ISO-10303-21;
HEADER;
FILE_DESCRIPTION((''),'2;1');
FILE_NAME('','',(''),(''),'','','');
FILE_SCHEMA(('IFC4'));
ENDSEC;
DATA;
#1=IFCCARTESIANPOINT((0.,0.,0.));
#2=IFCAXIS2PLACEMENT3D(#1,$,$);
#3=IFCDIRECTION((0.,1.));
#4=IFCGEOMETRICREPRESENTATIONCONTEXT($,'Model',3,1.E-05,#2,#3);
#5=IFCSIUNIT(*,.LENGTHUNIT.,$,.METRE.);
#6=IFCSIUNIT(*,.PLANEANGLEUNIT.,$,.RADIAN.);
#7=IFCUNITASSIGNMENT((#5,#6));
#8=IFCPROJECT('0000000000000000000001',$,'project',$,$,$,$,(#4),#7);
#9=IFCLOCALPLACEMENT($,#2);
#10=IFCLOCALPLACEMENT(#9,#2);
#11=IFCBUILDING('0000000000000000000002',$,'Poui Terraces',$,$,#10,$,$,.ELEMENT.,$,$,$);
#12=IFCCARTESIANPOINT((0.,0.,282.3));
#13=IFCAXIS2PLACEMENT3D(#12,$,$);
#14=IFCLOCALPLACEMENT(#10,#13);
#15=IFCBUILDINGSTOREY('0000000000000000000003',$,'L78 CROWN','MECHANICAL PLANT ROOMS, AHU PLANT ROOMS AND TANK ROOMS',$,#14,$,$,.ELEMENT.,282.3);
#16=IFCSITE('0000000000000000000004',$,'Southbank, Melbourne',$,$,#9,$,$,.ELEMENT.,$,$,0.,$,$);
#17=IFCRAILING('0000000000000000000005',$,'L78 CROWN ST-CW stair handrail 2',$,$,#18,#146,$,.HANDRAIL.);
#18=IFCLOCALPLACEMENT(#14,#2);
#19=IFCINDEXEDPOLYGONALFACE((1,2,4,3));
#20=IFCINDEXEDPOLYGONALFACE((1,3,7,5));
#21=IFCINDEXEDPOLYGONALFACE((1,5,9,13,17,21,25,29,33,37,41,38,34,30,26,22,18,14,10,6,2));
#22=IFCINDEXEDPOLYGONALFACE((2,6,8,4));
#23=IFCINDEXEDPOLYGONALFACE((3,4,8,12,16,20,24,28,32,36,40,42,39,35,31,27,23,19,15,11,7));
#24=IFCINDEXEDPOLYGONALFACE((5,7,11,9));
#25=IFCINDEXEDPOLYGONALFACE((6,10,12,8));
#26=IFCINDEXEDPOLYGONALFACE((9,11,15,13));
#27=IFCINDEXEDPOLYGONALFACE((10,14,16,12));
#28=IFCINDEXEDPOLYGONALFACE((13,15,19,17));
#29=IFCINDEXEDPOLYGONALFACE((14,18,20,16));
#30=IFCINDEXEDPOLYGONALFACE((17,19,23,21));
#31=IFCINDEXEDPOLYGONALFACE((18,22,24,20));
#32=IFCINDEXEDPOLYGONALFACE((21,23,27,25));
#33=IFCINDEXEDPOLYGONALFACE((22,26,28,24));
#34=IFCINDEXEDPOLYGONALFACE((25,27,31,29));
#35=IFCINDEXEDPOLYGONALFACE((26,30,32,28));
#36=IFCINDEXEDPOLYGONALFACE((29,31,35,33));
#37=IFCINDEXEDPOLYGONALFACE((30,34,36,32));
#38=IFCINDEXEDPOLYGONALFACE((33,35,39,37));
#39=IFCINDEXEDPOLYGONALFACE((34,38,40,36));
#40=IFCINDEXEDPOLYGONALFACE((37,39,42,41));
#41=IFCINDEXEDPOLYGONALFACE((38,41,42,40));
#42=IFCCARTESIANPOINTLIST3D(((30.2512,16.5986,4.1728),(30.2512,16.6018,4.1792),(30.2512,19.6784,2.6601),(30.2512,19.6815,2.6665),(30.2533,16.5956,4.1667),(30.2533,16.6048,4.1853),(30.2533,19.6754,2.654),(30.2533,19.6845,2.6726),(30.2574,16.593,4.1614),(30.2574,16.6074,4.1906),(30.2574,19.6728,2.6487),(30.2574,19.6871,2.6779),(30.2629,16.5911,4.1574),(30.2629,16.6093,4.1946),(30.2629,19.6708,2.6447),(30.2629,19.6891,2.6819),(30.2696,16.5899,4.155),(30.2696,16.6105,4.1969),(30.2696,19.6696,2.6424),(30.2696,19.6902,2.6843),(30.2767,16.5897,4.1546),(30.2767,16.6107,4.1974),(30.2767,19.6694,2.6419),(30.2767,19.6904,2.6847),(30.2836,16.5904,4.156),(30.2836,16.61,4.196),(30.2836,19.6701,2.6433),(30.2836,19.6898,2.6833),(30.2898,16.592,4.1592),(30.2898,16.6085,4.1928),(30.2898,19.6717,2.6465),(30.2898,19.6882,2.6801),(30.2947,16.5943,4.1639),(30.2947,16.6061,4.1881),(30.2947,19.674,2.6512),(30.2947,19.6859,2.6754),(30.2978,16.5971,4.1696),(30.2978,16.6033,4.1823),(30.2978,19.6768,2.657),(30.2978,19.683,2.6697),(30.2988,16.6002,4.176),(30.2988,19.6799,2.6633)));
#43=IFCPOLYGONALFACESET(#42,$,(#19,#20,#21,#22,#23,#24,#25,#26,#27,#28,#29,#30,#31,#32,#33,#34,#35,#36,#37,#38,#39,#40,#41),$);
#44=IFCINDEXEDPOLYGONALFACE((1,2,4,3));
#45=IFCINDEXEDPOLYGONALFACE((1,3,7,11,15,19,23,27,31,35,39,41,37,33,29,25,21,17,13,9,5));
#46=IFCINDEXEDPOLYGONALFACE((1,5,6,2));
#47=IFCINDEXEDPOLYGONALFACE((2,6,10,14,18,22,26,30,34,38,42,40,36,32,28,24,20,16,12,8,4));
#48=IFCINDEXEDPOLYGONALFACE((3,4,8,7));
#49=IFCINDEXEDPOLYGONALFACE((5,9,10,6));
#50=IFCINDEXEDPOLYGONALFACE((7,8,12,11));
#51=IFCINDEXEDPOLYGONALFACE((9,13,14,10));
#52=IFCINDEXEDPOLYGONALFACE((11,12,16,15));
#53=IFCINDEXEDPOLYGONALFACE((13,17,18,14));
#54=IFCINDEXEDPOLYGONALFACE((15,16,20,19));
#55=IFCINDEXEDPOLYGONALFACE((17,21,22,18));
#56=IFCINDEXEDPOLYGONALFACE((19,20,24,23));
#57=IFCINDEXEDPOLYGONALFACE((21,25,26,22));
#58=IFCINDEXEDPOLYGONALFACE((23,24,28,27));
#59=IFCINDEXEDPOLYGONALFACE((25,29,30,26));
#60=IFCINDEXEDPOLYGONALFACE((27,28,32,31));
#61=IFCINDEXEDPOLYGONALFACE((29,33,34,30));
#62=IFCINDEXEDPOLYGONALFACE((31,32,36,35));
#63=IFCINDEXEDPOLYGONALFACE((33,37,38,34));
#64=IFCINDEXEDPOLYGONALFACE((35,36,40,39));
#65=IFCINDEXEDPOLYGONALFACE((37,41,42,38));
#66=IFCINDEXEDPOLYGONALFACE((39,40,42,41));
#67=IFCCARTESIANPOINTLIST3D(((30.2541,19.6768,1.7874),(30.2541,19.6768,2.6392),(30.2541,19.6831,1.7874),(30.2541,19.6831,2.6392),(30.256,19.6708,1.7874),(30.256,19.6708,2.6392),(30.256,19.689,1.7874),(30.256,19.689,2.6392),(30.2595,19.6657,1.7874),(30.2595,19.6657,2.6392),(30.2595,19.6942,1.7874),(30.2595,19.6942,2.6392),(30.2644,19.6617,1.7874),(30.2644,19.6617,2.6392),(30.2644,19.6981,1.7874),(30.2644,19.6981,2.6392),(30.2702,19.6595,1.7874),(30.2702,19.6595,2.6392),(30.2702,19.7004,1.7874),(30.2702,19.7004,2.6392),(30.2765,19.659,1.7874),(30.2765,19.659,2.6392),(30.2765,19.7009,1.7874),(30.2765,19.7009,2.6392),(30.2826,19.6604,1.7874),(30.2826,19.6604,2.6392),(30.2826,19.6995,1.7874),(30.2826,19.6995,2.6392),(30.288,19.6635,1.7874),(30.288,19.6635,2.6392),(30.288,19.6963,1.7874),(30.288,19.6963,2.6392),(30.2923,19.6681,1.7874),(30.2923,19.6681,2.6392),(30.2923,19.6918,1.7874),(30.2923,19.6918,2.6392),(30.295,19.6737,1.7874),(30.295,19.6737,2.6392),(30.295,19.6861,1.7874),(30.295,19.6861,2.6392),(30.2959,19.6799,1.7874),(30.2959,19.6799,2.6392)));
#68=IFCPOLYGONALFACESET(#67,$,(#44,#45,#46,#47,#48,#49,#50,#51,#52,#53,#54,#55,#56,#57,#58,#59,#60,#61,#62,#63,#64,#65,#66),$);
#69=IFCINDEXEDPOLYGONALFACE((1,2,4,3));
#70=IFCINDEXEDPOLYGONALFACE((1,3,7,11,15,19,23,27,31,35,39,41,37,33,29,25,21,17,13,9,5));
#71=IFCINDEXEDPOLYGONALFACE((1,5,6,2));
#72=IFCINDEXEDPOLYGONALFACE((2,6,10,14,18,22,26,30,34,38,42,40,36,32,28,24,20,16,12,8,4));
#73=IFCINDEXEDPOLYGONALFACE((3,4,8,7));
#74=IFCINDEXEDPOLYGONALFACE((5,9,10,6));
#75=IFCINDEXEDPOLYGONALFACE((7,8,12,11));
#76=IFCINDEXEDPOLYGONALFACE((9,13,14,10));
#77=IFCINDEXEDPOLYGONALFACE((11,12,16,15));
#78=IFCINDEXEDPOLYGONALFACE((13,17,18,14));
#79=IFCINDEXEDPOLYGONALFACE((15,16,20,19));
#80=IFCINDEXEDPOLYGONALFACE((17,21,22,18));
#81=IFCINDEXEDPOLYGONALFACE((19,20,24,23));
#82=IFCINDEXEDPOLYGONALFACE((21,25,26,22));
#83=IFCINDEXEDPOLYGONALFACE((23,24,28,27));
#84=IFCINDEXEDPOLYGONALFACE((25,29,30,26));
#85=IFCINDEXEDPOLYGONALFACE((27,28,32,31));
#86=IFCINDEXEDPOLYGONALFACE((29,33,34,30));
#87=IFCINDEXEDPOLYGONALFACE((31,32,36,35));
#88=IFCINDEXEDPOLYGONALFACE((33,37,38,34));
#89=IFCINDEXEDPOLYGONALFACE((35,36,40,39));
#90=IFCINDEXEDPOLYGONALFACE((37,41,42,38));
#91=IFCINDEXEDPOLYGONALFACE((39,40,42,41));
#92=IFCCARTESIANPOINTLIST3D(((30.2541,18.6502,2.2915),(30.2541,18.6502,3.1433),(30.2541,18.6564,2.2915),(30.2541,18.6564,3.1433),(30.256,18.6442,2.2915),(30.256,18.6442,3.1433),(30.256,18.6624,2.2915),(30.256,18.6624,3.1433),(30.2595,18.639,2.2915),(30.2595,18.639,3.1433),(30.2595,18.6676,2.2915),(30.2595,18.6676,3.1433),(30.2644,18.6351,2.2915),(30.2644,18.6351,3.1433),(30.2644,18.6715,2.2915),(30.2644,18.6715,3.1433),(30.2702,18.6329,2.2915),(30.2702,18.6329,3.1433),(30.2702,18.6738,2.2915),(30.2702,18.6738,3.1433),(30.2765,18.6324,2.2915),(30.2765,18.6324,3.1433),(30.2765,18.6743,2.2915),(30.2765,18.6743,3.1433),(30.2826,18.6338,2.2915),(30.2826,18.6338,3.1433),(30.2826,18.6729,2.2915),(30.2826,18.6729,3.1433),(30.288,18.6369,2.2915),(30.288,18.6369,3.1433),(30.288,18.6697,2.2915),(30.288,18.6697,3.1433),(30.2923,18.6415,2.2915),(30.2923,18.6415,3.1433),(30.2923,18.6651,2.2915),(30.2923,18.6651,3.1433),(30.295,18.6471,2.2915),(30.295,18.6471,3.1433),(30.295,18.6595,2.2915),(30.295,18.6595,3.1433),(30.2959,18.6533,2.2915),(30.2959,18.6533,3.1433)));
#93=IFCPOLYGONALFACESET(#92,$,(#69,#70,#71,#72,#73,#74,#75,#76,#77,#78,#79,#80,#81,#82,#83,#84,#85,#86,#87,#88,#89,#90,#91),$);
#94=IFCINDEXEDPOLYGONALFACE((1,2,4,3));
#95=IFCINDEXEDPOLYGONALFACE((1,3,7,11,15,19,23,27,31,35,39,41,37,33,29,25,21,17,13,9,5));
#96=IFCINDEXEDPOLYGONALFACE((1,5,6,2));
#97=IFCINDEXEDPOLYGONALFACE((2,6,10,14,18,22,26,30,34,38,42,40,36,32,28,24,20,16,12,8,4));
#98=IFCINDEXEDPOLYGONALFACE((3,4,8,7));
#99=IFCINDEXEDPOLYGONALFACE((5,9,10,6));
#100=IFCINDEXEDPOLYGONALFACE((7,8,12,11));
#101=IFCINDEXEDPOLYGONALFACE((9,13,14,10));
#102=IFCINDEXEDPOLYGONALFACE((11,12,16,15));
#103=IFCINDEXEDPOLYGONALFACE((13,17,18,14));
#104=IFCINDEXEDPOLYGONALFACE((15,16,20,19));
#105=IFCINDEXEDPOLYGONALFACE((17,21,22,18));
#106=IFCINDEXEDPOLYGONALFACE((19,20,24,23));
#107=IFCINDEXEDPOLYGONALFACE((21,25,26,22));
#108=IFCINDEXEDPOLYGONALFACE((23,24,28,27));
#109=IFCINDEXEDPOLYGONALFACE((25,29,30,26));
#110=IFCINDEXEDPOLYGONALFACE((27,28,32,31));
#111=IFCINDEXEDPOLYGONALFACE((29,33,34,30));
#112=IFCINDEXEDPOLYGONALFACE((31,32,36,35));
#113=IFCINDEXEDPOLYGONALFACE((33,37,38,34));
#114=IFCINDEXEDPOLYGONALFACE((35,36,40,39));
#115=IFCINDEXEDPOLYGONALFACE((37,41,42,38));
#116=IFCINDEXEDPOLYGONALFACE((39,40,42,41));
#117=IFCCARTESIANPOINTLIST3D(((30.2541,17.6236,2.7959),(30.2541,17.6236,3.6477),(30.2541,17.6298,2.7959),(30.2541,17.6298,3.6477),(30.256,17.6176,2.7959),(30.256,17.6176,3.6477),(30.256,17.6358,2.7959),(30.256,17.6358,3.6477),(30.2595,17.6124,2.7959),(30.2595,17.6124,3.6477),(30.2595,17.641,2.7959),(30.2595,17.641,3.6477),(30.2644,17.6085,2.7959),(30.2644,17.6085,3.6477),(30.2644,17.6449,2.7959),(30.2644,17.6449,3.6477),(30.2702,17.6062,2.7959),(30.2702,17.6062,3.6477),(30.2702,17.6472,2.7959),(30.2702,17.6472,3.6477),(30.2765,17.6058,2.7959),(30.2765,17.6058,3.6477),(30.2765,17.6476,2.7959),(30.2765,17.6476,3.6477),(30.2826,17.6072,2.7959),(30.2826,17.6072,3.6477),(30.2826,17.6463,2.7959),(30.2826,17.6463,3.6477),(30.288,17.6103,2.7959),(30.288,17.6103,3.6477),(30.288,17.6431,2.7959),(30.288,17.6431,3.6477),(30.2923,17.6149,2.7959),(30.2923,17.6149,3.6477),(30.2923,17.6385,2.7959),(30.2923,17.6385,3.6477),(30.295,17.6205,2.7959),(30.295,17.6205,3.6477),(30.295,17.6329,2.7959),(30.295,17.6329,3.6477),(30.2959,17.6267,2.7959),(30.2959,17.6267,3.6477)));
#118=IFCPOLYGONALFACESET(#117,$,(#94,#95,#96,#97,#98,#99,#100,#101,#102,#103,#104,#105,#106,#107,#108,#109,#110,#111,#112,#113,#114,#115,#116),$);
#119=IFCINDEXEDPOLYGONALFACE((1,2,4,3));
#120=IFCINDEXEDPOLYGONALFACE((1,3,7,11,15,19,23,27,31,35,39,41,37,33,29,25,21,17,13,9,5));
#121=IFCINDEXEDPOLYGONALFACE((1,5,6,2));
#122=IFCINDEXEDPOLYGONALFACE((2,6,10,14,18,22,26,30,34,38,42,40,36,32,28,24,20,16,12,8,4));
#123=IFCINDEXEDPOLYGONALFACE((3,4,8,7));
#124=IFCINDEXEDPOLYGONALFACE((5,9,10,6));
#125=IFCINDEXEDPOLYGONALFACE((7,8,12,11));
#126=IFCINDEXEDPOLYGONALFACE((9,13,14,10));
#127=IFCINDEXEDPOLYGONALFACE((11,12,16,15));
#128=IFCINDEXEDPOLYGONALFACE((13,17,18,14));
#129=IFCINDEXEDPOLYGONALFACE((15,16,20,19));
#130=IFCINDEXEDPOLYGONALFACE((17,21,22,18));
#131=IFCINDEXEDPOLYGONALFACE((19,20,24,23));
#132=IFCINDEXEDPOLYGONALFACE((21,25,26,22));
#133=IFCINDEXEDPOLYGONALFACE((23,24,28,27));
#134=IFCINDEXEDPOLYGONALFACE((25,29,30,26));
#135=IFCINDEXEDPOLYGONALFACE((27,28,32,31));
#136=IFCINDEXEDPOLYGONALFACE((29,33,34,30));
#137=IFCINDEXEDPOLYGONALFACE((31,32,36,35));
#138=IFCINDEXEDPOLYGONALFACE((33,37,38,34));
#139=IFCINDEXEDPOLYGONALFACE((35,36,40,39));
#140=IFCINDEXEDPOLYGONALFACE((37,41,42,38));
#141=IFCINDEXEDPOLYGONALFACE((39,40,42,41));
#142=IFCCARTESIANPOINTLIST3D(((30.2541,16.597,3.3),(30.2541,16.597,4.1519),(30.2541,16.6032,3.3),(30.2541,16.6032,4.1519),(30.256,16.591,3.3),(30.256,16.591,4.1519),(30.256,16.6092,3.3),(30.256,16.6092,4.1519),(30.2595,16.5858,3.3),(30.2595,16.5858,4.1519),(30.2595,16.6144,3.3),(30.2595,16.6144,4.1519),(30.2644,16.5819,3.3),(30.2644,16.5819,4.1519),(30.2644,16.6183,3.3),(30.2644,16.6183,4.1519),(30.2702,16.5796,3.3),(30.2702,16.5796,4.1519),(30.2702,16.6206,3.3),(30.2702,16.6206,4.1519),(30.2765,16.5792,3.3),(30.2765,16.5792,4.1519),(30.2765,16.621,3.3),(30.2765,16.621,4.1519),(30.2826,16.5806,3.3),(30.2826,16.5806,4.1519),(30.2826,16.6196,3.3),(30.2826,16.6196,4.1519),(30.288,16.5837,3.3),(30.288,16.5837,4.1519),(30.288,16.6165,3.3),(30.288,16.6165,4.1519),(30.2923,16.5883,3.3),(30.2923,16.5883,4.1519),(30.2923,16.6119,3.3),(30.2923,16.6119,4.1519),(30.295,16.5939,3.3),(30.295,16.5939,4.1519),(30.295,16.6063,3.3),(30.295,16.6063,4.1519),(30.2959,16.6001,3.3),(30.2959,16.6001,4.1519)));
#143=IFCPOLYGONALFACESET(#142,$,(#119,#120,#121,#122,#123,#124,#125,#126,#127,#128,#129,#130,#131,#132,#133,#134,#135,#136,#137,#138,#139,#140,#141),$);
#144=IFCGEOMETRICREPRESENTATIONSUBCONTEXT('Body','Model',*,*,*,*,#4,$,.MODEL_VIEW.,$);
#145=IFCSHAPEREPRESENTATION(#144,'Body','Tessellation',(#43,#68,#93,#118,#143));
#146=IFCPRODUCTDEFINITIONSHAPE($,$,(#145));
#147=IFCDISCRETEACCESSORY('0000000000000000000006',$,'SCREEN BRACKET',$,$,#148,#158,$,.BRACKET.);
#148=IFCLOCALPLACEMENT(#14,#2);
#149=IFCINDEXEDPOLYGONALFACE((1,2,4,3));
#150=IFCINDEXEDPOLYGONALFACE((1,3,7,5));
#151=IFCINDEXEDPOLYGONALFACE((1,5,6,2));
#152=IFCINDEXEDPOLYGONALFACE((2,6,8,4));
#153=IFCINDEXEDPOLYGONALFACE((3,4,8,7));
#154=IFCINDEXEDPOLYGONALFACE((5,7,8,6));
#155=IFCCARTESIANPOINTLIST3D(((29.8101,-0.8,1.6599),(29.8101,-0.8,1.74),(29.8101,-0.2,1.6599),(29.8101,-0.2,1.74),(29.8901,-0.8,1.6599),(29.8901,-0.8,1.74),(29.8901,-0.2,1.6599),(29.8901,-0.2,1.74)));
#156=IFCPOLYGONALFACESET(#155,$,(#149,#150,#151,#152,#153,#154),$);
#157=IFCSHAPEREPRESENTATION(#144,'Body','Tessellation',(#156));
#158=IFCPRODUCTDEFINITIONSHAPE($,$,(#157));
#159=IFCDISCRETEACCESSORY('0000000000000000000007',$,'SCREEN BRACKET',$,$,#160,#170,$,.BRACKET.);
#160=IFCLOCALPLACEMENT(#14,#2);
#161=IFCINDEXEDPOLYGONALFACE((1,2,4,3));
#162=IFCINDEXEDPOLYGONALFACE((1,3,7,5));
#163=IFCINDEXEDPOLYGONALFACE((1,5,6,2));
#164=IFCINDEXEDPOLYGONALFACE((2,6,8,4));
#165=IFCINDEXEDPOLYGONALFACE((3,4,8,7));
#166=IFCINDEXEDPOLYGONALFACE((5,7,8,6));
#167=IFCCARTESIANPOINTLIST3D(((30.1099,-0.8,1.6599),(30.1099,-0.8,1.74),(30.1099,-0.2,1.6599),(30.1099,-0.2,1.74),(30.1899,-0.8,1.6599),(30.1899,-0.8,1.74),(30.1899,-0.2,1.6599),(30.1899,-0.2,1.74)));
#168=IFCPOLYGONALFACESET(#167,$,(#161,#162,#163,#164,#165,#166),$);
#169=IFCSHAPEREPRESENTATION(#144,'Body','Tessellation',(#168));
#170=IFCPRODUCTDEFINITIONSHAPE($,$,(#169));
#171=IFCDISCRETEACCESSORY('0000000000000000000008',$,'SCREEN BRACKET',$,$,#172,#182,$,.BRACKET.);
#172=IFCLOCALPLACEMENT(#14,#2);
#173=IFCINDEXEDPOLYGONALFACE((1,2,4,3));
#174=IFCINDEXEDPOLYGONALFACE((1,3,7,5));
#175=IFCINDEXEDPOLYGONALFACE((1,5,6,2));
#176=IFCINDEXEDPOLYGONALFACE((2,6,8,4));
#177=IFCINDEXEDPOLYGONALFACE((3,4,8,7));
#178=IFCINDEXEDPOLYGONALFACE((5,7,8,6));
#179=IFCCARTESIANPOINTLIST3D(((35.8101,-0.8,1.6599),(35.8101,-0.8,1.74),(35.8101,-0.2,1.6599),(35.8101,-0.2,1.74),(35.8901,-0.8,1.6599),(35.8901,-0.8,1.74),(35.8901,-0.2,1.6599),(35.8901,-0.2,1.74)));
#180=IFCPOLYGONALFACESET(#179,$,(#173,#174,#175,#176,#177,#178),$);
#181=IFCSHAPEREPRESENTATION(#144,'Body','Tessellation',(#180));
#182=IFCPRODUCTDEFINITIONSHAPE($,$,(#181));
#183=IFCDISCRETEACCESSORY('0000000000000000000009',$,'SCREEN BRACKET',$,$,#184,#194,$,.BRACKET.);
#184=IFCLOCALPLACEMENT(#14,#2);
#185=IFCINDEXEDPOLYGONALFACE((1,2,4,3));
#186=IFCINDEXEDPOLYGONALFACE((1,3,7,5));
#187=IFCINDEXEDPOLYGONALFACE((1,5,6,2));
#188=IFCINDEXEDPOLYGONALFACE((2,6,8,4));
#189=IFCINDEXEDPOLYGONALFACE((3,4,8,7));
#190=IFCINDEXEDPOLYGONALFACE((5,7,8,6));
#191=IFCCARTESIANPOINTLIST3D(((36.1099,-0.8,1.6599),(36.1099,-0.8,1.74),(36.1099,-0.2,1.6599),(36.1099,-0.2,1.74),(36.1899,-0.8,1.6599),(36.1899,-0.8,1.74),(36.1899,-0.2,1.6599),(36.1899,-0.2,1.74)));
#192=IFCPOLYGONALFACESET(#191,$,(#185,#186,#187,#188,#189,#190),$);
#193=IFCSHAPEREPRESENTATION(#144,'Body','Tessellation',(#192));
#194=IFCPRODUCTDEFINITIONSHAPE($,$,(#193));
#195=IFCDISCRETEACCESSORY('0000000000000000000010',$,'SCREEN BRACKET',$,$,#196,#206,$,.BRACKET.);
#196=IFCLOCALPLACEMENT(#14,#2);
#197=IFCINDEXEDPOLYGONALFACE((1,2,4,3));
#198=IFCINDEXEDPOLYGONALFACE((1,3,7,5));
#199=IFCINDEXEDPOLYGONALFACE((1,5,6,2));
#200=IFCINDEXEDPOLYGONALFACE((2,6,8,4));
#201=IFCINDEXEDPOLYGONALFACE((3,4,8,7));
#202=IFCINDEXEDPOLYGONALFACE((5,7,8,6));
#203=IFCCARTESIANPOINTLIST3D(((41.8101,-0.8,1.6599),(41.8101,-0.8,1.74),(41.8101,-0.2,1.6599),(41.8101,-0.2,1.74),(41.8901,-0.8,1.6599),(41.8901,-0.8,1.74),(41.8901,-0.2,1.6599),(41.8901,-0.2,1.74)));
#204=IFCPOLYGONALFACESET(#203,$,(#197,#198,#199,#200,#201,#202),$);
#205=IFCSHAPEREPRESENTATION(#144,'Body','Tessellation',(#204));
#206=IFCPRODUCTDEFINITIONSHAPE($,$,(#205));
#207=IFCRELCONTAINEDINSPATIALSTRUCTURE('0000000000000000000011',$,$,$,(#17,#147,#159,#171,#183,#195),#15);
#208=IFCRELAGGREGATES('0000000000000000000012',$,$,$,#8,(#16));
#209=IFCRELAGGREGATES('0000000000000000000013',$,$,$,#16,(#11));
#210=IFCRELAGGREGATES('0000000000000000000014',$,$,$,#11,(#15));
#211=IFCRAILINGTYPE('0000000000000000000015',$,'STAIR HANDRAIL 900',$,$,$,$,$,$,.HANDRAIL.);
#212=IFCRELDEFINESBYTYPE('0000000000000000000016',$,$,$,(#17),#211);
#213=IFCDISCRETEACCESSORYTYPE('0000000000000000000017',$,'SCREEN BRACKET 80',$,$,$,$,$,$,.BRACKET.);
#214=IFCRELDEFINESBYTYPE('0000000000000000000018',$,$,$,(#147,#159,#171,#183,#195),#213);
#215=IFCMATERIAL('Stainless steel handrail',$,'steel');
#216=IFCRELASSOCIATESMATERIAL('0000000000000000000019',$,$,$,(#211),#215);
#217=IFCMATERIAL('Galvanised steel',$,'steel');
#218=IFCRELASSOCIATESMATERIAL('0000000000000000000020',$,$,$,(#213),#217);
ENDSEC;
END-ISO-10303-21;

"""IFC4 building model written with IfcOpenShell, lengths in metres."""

from ifc_helpers import new_model, si_unit, direction, frame, origin, origin_2d, place, context, subcontext, project, spatial, rectangle, circle, extrude, source, transform, mapped, material, material_profile, profile_set, type_object, element, save


model = new_model("IFC4")

# Units and contexts
model_context = context("Model", 3, precision=1e-05, world=origin(), true_north=direction((0.0, 1.0)))
body_context = subcontext(model_context, "Body", "Model", "MODEL_VIEW")
ifc_project = project(units=[si_unit("LENGTHUNIT", "METRE"), si_unit("PLANEANGLEUNIT", "RADIAN")], contexts=[model_context])

# Site, building, storey
site_placement = place(None, origin())
site = spatial("IfcSite", under=ifc_project, at=site_placement, Name="Southbank, Melbourne", CompositionType="ELEMENT", RefElevation=0.0)
building_placement = place(site_placement, origin())
building = spatial("IfcBuilding", under=site, at=building_placement, Name="Poui Terraces", CompositionType="ELEMENT")
storey_placement = place(building_placement, frame((0.0, 0.0, 282.3)))
storey = spatial("IfcBuildingStorey", under=building, at=storey_placement, Name="L78 CROWN", Description="MECHANICAL PLANT ROOMS, AHU PLANT ROOMS AND TANK ROOMS", CompositionType="ELEMENT", Elevation=282.3)

# Railing
ifc_material_1 = material(Name="Stainless steel handrail", Category="steel")
railing_type_1 = type_object("IfcRailingType", Name="STAIR HANDRAIL 900", PredefinedType="HANDRAIL", material=ifc_material_1)
railing_1_placement = place(storey_placement, frame((30.2749, 19.6799, 1.7874)))
element("IfcRailing", 1, at=railing_1_placement, inside=storey, type_object=railing_type_1, Name="L78 CROWN ST-CW stair handrail 2", PredefinedType="HANDRAIL", context=body_context, shape_type="SweptSolid", body=[
    extrude(circle(Radius=0.0239, at=origin_2d()), frame((0.0, 0.0, 0.876), z_axis=(0.0, -0.897578, 0.440856), x_axis=(1.0, 0.0, 0.0)), (0.0, 0.0, 1.0), 3.4312),
    extrude(circle(Radius=0.021, at=origin_2d()), origin(), (0.0, 0.0, 1.0), 0.8518),
    extrude(circle(Radius=0.021, at=origin_2d()), frame((0.0, -1.0266, 0.5042)), (0.0, 0.0, 1.0), 0.8518),
    extrude(circle(Radius=0.021, at=origin_2d()), frame((0.0, -2.0532, 1.0085)), (0.0, 0.0, 1.0), 0.8518),
    extrude(circle(Radius=0.021, at=origin_2d()), frame((0.0, -3.0798, 1.5127)), (0.0, 0.0, 1.0), 0.8518),
])

# Discrete accessories
ifc_material_2 = material(Name="Galvanised steel", Category="steel")
ifc_material_profile_1 = material_profile(ifc_material_2, rectangle(XDim=0.0801, YDim=0.0801, at=origin_2d()), Name="SCREEN BRACKET 80")
ifc_profile_set_1 = profile_set([ifc_material_profile_1], Name="Galvanised steel")
discrete_accessory_type = type_object("IfcDiscreteAccessoryType", Name="SCREEN BRACKET 80", PredefinedType="BRACKET", material=ifc_profile_set_1)
shared_shape_1 = source(origin(), body_context, "Body", "SweptSolid", [
    extrude(rectangle(XDim=0.0801, YDim=0.0801, at=origin_2d()), origin(), (0.0, 0.0, 1.0), 0.6001),
])
for number, where, z_axis, x_axis, name in (
    (2, (29.8501, -0.2, 1.7), (0.0, -1.0, 0.0), (1.0, 0.0, 0.0), "SCREEN BRACKET"),
    (3, (30.1499, -0.2, 1.7), (0.0, -1.0, 0.0), (1.0, 0.0, 0.0), "SCREEN BRACKET"),
    (4, (35.8501, -0.2, 1.7), (0.0, -1.0, 0.0), (1.0, 0.0, 0.0), "SCREEN BRACKET"),
    (5, (36.1499, -0.2, 1.7), (0.0, -1.0, 0.0), (1.0, 0.0, 0.0), "SCREEN BRACKET"),
    (6, (41.8501, -0.2, 1.7), (0.0, -1.0, 0.0), (1.0, 0.0, 0.0), "SCREEN BRACKET"),
):
    element("IfcDiscreteAccessory", number, at=place(storey_placement, frame(where, z_axis=z_axis, x_axis=x_axis)), inside=storey, type_object=discrete_accessory_type, Name=name, PredefinedType="BRACKET", context=body_context, shape_type="MappedRepresentation", body=[
        mapped(shared_shape_1, transform((0.0, 0.0, 0.0))),
    ])

save(model, "model.ifc")
